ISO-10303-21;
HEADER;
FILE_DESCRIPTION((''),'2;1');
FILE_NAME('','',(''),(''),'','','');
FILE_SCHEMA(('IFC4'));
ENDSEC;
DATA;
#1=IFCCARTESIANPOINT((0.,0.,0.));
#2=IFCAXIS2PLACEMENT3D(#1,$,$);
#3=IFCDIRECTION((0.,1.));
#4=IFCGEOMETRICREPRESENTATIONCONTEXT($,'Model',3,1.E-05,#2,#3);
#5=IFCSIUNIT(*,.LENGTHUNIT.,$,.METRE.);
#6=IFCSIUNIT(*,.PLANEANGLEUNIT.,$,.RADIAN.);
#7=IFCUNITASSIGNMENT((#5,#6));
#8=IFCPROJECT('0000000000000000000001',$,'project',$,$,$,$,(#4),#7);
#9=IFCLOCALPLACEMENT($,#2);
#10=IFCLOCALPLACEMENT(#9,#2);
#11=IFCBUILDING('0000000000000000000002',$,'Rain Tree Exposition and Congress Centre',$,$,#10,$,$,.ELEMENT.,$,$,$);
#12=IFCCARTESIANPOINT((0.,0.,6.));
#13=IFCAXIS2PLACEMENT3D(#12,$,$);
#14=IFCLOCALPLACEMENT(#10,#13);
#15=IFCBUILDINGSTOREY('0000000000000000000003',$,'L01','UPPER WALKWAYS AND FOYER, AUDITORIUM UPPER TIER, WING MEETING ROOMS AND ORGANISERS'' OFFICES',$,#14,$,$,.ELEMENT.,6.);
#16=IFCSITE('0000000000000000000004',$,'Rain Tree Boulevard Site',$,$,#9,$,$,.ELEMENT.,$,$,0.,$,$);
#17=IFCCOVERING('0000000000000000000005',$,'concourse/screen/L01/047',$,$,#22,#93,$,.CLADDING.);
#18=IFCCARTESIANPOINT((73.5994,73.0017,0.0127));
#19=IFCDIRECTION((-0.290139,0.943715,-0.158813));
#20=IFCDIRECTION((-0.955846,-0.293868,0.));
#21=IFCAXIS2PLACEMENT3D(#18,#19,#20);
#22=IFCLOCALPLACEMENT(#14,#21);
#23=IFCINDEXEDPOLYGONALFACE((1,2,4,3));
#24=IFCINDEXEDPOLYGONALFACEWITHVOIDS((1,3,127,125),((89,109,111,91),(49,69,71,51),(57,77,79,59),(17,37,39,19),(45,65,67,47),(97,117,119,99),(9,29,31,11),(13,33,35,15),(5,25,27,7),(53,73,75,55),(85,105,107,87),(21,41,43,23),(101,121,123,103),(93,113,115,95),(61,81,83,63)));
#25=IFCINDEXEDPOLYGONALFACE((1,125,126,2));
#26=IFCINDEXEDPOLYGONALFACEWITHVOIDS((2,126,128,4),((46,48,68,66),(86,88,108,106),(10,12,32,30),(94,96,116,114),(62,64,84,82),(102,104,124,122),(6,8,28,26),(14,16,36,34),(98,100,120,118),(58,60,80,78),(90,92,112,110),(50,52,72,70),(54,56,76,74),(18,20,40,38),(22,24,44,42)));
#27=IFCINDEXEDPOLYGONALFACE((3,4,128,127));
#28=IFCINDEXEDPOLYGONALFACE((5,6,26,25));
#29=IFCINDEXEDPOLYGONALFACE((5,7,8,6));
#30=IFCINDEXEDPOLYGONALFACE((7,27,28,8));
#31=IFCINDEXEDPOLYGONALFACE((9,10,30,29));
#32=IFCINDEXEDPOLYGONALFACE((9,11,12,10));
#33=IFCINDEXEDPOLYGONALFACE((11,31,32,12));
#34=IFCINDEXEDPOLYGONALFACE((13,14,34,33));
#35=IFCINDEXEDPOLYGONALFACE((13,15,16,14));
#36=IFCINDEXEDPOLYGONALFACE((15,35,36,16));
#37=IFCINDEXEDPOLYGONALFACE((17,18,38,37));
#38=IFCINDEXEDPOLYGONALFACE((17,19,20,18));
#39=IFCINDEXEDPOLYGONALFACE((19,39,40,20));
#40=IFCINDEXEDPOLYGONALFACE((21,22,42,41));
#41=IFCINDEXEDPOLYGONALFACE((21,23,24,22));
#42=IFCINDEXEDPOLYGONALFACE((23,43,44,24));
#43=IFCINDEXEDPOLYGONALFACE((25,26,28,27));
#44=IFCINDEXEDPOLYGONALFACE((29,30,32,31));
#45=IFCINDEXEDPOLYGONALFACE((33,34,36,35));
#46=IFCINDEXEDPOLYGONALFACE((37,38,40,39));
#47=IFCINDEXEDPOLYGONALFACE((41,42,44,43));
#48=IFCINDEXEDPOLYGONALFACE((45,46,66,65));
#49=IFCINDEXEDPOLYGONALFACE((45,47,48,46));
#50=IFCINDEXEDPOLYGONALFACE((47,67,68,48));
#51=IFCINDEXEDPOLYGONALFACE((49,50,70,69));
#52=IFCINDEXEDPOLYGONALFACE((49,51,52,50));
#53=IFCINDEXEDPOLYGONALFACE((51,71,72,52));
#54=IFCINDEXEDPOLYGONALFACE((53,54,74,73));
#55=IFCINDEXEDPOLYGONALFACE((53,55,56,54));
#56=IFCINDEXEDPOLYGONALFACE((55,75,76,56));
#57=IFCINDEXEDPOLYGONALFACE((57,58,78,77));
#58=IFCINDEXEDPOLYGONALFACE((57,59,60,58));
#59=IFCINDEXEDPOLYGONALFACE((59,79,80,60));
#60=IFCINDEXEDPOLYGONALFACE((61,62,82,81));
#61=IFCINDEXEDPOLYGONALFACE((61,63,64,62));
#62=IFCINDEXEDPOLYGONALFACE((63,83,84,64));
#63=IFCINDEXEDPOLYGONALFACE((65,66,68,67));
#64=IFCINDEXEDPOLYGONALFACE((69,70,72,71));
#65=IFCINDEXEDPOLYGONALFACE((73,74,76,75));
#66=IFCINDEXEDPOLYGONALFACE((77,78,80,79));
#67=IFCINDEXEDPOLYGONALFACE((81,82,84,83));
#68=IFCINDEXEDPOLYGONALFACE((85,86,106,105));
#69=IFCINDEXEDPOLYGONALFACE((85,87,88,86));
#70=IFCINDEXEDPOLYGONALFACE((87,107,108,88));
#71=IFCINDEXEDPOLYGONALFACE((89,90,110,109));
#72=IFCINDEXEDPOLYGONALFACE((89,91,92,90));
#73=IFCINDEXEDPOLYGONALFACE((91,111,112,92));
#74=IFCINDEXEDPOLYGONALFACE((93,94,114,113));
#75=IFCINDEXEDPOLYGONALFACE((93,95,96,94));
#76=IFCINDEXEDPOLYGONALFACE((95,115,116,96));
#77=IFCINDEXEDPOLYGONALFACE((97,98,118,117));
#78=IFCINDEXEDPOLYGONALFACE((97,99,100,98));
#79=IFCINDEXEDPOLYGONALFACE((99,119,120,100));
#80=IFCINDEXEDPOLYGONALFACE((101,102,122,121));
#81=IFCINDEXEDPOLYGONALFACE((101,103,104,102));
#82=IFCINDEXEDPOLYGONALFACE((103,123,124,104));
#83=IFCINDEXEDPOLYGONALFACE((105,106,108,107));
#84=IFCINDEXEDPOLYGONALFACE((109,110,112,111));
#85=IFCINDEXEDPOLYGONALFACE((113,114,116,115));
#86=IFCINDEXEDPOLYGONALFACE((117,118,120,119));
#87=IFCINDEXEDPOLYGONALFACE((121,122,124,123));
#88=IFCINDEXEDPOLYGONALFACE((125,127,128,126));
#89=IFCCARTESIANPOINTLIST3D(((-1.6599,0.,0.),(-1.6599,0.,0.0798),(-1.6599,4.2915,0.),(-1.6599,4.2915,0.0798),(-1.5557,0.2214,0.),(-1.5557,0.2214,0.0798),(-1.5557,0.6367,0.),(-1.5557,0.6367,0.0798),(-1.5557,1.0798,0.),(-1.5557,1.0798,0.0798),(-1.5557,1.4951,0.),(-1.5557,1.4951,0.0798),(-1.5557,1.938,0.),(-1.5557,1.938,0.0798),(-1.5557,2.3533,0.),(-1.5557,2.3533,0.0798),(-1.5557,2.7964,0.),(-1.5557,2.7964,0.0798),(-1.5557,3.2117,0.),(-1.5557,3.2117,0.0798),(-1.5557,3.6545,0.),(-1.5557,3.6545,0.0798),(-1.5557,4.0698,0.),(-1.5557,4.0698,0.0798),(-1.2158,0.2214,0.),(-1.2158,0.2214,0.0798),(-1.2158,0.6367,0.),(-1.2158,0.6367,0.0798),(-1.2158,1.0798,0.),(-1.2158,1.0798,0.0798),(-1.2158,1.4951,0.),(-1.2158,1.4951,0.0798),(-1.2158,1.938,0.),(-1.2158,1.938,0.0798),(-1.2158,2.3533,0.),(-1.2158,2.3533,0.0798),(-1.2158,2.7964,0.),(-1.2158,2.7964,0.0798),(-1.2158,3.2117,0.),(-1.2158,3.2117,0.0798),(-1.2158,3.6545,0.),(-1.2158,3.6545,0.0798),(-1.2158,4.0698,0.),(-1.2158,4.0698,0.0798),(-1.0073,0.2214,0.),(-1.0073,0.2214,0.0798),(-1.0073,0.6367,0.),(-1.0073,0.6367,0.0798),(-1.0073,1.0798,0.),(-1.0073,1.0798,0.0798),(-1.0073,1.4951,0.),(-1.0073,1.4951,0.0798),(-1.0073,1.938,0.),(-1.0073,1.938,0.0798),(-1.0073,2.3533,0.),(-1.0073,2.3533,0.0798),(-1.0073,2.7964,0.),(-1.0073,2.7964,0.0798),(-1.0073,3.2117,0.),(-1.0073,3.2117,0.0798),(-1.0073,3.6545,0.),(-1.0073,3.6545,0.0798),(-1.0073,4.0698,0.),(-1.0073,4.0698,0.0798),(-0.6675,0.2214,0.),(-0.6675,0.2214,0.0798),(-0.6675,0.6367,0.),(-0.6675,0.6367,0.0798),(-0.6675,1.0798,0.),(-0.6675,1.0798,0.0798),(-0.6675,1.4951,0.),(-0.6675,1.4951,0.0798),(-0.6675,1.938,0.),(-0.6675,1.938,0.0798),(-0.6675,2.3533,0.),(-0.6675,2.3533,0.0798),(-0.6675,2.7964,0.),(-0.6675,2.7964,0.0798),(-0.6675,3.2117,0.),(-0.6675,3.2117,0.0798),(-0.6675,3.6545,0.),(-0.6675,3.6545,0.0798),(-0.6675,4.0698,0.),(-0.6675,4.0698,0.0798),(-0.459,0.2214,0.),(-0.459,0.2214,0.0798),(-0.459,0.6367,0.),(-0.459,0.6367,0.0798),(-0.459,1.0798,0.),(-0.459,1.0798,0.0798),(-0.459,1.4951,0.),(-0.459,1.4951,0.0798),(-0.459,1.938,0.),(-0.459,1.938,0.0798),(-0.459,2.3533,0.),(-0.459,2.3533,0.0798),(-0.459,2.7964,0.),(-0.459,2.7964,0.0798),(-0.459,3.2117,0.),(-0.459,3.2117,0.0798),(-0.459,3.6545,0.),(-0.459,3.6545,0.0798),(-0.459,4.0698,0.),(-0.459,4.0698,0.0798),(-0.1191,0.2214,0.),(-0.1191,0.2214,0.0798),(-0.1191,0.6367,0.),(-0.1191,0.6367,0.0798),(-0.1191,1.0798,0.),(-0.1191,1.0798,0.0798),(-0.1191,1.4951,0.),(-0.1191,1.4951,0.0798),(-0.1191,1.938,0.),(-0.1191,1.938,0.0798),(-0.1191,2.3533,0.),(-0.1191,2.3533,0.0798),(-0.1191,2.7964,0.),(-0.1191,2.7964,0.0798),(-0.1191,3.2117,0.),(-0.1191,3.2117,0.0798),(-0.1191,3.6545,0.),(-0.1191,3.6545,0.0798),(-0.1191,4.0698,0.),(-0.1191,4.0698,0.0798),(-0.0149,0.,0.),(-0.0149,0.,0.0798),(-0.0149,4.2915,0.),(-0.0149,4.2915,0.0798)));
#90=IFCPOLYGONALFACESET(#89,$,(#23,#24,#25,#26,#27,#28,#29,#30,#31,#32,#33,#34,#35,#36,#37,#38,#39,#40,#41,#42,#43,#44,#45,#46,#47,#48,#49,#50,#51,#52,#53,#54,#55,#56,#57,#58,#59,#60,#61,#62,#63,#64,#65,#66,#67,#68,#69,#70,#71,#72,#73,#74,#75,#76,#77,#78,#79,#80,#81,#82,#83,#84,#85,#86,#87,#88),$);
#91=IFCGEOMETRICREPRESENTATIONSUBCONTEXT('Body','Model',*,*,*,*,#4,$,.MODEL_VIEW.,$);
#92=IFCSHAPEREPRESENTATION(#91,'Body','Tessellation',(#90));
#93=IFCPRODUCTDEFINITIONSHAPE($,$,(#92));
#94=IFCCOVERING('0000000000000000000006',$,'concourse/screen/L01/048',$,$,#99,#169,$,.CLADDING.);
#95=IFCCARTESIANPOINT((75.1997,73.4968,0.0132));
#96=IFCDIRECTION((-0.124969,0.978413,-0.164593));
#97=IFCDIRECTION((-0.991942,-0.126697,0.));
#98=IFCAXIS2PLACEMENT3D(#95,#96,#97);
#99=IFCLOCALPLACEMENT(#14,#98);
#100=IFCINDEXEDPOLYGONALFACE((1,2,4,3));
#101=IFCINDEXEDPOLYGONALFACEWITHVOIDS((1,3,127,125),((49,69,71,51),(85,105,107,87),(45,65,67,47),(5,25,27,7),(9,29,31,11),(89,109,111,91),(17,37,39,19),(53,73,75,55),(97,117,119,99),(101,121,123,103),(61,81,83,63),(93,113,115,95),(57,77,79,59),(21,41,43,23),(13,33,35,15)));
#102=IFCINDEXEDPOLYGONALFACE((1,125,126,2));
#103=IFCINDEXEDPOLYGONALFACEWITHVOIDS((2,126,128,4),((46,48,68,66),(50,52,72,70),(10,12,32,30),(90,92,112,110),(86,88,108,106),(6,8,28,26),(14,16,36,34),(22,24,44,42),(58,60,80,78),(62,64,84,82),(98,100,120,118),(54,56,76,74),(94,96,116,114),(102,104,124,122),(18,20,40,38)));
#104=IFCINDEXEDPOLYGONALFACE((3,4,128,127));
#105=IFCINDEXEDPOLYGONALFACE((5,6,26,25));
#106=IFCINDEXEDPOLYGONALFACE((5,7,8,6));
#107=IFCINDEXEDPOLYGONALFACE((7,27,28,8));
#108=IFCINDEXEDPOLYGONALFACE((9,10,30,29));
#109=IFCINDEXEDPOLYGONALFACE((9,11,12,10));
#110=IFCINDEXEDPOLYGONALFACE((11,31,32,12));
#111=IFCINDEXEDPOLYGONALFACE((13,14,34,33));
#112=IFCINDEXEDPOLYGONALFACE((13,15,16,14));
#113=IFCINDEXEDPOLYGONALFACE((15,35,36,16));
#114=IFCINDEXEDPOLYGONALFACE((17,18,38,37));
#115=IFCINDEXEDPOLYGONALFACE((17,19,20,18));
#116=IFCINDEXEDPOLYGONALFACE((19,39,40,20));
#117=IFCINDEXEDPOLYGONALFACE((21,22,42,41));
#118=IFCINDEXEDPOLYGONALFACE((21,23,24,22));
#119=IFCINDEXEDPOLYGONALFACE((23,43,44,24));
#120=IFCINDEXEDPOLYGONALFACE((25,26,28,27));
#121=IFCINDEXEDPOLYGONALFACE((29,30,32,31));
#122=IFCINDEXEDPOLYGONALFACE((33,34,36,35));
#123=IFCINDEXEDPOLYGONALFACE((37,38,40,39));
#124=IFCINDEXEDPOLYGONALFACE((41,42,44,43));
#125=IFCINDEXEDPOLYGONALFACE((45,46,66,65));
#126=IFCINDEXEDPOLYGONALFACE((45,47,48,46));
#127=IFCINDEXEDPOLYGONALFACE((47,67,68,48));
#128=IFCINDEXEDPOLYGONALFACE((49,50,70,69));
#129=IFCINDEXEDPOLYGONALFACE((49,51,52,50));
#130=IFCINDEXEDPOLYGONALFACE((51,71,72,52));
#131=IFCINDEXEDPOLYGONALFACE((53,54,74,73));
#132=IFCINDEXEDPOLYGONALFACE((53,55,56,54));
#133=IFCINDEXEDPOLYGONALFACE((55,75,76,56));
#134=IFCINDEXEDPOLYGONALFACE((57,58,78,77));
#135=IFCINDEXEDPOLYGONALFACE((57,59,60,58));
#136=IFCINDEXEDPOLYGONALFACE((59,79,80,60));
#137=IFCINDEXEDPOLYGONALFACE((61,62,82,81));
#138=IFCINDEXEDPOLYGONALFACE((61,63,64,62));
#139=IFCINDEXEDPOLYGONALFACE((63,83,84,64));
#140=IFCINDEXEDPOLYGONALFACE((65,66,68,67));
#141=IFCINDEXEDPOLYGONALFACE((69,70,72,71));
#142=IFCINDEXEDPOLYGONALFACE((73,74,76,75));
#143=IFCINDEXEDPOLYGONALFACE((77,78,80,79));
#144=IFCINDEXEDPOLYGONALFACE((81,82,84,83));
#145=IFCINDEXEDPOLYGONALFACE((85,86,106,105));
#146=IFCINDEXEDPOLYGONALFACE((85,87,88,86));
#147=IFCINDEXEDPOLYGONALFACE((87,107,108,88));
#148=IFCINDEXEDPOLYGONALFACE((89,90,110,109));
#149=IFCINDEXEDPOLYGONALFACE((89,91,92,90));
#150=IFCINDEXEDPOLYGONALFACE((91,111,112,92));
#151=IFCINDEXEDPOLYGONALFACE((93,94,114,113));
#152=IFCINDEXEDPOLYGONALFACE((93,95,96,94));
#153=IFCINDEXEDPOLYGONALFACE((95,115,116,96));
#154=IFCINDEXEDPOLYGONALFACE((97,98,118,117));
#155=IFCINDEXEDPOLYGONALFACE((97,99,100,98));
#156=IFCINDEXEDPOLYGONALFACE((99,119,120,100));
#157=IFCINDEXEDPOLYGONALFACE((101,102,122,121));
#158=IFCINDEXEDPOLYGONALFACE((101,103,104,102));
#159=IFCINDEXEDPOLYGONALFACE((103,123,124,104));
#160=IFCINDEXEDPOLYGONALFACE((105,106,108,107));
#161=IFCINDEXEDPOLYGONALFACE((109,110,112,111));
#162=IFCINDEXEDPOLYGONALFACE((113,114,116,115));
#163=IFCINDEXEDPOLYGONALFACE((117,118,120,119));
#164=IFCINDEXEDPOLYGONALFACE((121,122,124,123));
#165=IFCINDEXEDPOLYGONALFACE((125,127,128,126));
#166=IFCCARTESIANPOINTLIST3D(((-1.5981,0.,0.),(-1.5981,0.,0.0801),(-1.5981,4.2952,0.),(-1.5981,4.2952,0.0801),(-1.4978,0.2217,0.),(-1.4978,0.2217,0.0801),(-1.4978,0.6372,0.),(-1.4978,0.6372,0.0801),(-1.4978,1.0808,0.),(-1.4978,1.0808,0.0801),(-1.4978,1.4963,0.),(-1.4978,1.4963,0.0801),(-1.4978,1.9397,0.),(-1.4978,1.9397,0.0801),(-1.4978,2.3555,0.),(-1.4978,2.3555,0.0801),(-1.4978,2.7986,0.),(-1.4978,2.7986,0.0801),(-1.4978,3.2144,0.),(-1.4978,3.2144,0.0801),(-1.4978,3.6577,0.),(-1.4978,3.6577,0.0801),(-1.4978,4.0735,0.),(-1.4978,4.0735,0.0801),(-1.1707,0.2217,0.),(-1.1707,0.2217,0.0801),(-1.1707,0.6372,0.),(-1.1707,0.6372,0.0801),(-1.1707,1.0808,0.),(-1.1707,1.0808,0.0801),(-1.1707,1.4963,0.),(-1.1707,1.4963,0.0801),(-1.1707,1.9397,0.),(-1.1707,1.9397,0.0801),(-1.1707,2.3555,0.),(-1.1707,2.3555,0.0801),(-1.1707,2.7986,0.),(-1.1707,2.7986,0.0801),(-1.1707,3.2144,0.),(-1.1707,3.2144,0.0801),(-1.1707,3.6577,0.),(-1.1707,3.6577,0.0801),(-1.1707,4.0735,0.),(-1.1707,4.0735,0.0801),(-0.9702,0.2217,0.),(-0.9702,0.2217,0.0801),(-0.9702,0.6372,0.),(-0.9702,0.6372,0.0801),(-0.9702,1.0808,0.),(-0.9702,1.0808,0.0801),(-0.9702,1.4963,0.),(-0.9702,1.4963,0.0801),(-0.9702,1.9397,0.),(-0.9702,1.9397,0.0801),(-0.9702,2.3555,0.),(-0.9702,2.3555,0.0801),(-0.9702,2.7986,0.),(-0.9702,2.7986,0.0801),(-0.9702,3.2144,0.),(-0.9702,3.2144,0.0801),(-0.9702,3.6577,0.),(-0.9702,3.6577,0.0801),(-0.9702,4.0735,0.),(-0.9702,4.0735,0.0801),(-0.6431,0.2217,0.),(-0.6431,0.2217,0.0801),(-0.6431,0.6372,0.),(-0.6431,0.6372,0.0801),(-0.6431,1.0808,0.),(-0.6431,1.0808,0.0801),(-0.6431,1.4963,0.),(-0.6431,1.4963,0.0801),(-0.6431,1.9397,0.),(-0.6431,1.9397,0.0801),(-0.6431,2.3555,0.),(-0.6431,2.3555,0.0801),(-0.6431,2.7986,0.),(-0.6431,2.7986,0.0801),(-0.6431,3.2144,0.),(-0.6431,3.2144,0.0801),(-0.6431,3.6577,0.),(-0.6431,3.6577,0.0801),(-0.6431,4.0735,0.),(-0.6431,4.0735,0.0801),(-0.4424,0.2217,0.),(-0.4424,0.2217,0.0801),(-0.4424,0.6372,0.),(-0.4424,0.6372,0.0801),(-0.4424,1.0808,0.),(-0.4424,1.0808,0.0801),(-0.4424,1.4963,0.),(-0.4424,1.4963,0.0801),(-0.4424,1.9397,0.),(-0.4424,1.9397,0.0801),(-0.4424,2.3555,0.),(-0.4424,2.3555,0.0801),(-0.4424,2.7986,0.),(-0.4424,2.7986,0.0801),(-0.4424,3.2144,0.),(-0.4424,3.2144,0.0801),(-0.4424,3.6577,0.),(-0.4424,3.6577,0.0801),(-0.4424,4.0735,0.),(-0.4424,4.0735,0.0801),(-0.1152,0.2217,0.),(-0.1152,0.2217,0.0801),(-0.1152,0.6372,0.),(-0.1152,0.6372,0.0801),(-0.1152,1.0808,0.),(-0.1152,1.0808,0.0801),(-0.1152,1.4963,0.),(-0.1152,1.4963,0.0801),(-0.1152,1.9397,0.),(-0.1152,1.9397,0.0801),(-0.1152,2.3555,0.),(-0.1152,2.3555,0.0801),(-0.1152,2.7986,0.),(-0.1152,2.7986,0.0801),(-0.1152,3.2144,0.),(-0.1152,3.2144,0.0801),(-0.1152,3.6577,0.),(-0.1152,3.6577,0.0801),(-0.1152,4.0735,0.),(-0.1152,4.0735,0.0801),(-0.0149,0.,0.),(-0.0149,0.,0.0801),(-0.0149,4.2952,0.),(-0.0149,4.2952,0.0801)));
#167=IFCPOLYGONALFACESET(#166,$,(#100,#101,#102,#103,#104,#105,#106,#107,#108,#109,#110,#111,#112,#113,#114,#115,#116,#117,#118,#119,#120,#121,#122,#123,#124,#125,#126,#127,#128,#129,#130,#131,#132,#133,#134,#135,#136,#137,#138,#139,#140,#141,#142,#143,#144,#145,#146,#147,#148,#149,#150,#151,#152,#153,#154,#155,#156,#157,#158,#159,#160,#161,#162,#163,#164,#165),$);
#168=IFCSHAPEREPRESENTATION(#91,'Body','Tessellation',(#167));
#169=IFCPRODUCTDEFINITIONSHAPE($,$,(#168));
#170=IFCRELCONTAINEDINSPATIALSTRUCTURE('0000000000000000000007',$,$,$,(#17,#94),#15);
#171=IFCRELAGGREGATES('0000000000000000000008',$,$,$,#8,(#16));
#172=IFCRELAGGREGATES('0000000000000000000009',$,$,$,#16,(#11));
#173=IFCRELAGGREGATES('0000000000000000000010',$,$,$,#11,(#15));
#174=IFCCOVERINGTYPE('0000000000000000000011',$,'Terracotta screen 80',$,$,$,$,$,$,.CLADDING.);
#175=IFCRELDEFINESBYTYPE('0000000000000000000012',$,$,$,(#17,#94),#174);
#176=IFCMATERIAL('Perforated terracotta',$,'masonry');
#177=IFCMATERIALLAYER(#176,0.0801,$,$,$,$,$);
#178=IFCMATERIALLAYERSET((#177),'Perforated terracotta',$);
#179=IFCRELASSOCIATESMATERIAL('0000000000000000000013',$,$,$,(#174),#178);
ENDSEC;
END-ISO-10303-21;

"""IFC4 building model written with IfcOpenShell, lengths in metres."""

from ifc_helpers import new_model, si_unit, direction, frame, origin, place, context, subcontext, project, spatial, polyline, outline, extrude, material, layer, layer_set, type_object, element, save


model = new_model("IFC4")

# Units and contexts
model_context = context("Model", 3, precision=1e-05, world=origin(), true_north=direction((0.0, 1.0)))
body_context = subcontext(model_context, "Body", "Model", "MODEL_VIEW")
ifc_project = project(units=[si_unit("LENGTHUNIT", "METRE"), si_unit("PLANEANGLEUNIT", "RADIAN")], contexts=[model_context])

# Site, building, storey
site_placement = place(None, origin())
site = spatial("IfcSite", under=ifc_project, at=site_placement, Name="Rain Tree Boulevard Site", CompositionType="ELEMENT", RefElevation=0.0)
building_placement = place(site_placement, origin())
building = spatial("IfcBuilding", under=site, at=building_placement, Name="Rain Tree Exposition and Congress Centre", CompositionType="ELEMENT")
storey_placement = place(building_placement, frame((0.0, 0.0, 6.0)))
storey = spatial("IfcBuildingStorey", under=building, at=storey_placement, Name="L01", Description="UPPER WALKWAYS AND FOYER, AUDITORIUM UPPER TIER, WING MEETING ROOMS AND ORGANISERS' OFFICES", CompositionType="ELEMENT", Elevation=6.0)

# Coverings
ifc_material_1 = material(Name="Perforated terracotta", Category="masonry")
ifc_layer = layer(ifc_material_1, 0.0801)
ifc_layer_set = layer_set([ifc_layer], Name="Perforated terracotta")
covering_type = type_object("IfcCoveringType", Name="Terracotta screen 80", PredefinedType="CLADDING", material=ifc_layer_set)
covering_1_placement = place(storey_placement, frame((73.5994, 73.0017, 0.0127), z_axis=(-0.290139, 0.943715, -0.158813), x_axis=(-0.955846, -0.293868, 0.0)))
element("IfcCovering", 1, at=covering_1_placement, inside=storey, type_object=covering_type, Name="concourse/screen/L01/047", PredefinedType="CLADDING", context=body_context, shape_type="SweptSolid", body=[
    extrude(outline(polyline([(-1.6599, 0.0), (-1.6599, 4.2915), (-0.0149, 4.2915), (-0.0149, 0.0), (-1.6599, 0.0)]), holes=[polyline([(-0.1191, 0.2214), (-0.1191, 0.6367), (-0.459, 0.6367), (-0.459, 0.2214), (-0.1191, 0.2214)]), polyline([(-0.1191, 1.0798), (-0.1191, 1.4951), (-0.459, 1.4951), (-0.459, 1.0798), (-0.1191, 1.0798)]), polyline([(-0.1191, 1.938), (-0.1191, 2.3533), (-0.459, 2.3533), (-0.459, 1.938), (-0.1191, 1.938)]), polyline([(-0.1191, 2.7964), (-0.1191, 3.2117), (-0.459, 3.2117), (-0.459, 2.7964), (-0.1191, 2.7964)]), polyline([(-0.1191, 3.6545), (-0.1191, 4.0698), (-0.459, 4.0698), (-0.459, 3.6545), (-0.1191, 3.6545)]), polyline([(-0.6675, 0.2214), (-0.6675, 0.6367), (-1.0073, 0.6367), (-1.0073, 0.2214), (-0.6675, 0.2214)]), polyline([(-0.6675, 1.0798), (-0.6675, 1.4951), (-1.0073, 1.4951), (-1.0073, 1.0798), (-0.6675, 1.0798)]), polyline([(-0.6675, 1.938), (-0.6675, 2.3533), (-1.0073, 2.3533), (-1.0073, 1.938), (-0.6675, 1.938)]), polyline([(-0.6675, 2.7964), (-0.6675, 3.2117), (-1.0073, 3.2117), (-1.0073, 2.7964), (-0.6675, 2.7964)]), polyline([(-0.6675, 3.6545), (-0.6675, 4.0698), (-1.0073, 4.0698), (-1.0073, 3.6545), (-0.6675, 3.6545)]), polyline([(-1.2158, 0.2214), (-1.2158, 0.6367), (-1.5557, 0.6367), (-1.5557, 0.2214), (-1.2158, 0.2214)]), polyline([(-1.2158, 1.0798), (-1.2158, 1.4951), (-1.5557, 1.4951), (-1.5557, 1.0798), (-1.2158, 1.0798)]), polyline([(-1.2158, 1.938), (-1.2158, 2.3533), (-1.5557, 2.3533), (-1.5557, 1.938), (-1.2158, 1.938)]), polyline([(-1.2158, 2.7964), (-1.2158, 3.2117), (-1.5557, 3.2117), (-1.5557, 2.7964), (-1.2158, 2.7964)]), polyline([(-1.2158, 3.6545), (-1.2158, 4.0698), (-1.5557, 4.0698), (-1.5557, 3.6545), (-1.2158, 3.6545)])]), origin(), (0.0, 0.0, 1.0), 0.0798),
])
covering_2_placement = place(storey_placement, frame((75.1997, 73.4968, 0.0132), z_axis=(-0.124969, 0.978413, -0.164593), x_axis=(-0.991942, -0.126697, 0.0)))
element("IfcCovering", 2, at=covering_2_placement, inside=storey, type_object=covering_type, Name="concourse/screen/L01/048", PredefinedType="CLADDING", context=body_context, shape_type="SweptSolid", body=[
    extrude(outline(polyline([(-1.5981, 0.0), (-1.5981, 4.2952), (-0.0149, 4.2952), (-0.0149, 0.0), (-1.5981, 0.0)]), holes=[polyline([(-0.1152, 0.2217), (-0.1152, 0.6372), (-0.4424, 0.6372), (-0.4424, 0.2217), (-0.1152, 0.2217)]), polyline([(-0.1152, 1.0808), (-0.1152, 1.4963), (-0.4424, 1.4963), (-0.4424, 1.0808), (-0.1152, 1.0808)]), polyline([(-0.1152, 1.9397), (-0.1152, 2.3555), (-0.4424, 2.3555), (-0.4424, 1.9397), (-0.1152, 1.9397)]), polyline([(-0.1152, 2.7986), (-0.1152, 3.2144), (-0.4424, 3.2144), (-0.4424, 2.7986), (-0.1152, 2.7986)]), polyline([(-0.1152, 3.6577), (-0.1152, 4.0735), (-0.4424, 4.0735), (-0.4424, 3.6577), (-0.1152, 3.6577)]), polyline([(-0.6431, 0.2217), (-0.6431, 0.6372), (-0.9702, 0.6372), (-0.9702, 0.2217), (-0.6431, 0.2217)]), polyline([(-0.6431, 1.0808), (-0.6431, 1.4963), (-0.9702, 1.4963), (-0.9702, 1.0808), (-0.6431, 1.0808)]), polyline([(-0.6431, 1.9397), (-0.6431, 2.3555), (-0.9702, 2.3555), (-0.9702, 1.9397), (-0.6431, 1.9397)]), polyline([(-0.6431, 2.7986), (-0.6431, 3.2144), (-0.9702, 3.2144), (-0.9702, 2.7986), (-0.6431, 2.7986)]), polyline([(-0.6431, 3.6577), (-0.6431, 4.0735), (-0.9702, 4.0735), (-0.9702, 3.6577), (-0.6431, 3.6577)]), polyline([(-1.1707, 0.2217), (-1.1707, 0.6372), (-1.4978, 0.6372), (-1.4978, 0.2217), (-1.1707, 0.2217)]), polyline([(-1.1707, 1.0808), (-1.1707, 1.4963), (-1.4978, 1.4963), (-1.4978, 1.0808), (-1.1707, 1.0808)]), polyline([(-1.1707, 1.9397), (-1.1707, 2.3555), (-1.4978, 2.3555), (-1.4978, 1.9397), (-1.1707, 1.9397)]), polyline([(-1.1707, 2.7986), (-1.1707, 3.2144), (-1.4978, 3.2144), (-1.4978, 2.7986), (-1.1707, 2.7986)]), polyline([(-1.1707, 3.6577), (-1.1707, 4.0735), (-1.4978, 4.0735), (-1.4978, 3.6577), (-1.1707, 3.6577)])]), origin(), (0.0, 0.0, 1.0), 0.0801),
])

save(model, "model.ifc")
